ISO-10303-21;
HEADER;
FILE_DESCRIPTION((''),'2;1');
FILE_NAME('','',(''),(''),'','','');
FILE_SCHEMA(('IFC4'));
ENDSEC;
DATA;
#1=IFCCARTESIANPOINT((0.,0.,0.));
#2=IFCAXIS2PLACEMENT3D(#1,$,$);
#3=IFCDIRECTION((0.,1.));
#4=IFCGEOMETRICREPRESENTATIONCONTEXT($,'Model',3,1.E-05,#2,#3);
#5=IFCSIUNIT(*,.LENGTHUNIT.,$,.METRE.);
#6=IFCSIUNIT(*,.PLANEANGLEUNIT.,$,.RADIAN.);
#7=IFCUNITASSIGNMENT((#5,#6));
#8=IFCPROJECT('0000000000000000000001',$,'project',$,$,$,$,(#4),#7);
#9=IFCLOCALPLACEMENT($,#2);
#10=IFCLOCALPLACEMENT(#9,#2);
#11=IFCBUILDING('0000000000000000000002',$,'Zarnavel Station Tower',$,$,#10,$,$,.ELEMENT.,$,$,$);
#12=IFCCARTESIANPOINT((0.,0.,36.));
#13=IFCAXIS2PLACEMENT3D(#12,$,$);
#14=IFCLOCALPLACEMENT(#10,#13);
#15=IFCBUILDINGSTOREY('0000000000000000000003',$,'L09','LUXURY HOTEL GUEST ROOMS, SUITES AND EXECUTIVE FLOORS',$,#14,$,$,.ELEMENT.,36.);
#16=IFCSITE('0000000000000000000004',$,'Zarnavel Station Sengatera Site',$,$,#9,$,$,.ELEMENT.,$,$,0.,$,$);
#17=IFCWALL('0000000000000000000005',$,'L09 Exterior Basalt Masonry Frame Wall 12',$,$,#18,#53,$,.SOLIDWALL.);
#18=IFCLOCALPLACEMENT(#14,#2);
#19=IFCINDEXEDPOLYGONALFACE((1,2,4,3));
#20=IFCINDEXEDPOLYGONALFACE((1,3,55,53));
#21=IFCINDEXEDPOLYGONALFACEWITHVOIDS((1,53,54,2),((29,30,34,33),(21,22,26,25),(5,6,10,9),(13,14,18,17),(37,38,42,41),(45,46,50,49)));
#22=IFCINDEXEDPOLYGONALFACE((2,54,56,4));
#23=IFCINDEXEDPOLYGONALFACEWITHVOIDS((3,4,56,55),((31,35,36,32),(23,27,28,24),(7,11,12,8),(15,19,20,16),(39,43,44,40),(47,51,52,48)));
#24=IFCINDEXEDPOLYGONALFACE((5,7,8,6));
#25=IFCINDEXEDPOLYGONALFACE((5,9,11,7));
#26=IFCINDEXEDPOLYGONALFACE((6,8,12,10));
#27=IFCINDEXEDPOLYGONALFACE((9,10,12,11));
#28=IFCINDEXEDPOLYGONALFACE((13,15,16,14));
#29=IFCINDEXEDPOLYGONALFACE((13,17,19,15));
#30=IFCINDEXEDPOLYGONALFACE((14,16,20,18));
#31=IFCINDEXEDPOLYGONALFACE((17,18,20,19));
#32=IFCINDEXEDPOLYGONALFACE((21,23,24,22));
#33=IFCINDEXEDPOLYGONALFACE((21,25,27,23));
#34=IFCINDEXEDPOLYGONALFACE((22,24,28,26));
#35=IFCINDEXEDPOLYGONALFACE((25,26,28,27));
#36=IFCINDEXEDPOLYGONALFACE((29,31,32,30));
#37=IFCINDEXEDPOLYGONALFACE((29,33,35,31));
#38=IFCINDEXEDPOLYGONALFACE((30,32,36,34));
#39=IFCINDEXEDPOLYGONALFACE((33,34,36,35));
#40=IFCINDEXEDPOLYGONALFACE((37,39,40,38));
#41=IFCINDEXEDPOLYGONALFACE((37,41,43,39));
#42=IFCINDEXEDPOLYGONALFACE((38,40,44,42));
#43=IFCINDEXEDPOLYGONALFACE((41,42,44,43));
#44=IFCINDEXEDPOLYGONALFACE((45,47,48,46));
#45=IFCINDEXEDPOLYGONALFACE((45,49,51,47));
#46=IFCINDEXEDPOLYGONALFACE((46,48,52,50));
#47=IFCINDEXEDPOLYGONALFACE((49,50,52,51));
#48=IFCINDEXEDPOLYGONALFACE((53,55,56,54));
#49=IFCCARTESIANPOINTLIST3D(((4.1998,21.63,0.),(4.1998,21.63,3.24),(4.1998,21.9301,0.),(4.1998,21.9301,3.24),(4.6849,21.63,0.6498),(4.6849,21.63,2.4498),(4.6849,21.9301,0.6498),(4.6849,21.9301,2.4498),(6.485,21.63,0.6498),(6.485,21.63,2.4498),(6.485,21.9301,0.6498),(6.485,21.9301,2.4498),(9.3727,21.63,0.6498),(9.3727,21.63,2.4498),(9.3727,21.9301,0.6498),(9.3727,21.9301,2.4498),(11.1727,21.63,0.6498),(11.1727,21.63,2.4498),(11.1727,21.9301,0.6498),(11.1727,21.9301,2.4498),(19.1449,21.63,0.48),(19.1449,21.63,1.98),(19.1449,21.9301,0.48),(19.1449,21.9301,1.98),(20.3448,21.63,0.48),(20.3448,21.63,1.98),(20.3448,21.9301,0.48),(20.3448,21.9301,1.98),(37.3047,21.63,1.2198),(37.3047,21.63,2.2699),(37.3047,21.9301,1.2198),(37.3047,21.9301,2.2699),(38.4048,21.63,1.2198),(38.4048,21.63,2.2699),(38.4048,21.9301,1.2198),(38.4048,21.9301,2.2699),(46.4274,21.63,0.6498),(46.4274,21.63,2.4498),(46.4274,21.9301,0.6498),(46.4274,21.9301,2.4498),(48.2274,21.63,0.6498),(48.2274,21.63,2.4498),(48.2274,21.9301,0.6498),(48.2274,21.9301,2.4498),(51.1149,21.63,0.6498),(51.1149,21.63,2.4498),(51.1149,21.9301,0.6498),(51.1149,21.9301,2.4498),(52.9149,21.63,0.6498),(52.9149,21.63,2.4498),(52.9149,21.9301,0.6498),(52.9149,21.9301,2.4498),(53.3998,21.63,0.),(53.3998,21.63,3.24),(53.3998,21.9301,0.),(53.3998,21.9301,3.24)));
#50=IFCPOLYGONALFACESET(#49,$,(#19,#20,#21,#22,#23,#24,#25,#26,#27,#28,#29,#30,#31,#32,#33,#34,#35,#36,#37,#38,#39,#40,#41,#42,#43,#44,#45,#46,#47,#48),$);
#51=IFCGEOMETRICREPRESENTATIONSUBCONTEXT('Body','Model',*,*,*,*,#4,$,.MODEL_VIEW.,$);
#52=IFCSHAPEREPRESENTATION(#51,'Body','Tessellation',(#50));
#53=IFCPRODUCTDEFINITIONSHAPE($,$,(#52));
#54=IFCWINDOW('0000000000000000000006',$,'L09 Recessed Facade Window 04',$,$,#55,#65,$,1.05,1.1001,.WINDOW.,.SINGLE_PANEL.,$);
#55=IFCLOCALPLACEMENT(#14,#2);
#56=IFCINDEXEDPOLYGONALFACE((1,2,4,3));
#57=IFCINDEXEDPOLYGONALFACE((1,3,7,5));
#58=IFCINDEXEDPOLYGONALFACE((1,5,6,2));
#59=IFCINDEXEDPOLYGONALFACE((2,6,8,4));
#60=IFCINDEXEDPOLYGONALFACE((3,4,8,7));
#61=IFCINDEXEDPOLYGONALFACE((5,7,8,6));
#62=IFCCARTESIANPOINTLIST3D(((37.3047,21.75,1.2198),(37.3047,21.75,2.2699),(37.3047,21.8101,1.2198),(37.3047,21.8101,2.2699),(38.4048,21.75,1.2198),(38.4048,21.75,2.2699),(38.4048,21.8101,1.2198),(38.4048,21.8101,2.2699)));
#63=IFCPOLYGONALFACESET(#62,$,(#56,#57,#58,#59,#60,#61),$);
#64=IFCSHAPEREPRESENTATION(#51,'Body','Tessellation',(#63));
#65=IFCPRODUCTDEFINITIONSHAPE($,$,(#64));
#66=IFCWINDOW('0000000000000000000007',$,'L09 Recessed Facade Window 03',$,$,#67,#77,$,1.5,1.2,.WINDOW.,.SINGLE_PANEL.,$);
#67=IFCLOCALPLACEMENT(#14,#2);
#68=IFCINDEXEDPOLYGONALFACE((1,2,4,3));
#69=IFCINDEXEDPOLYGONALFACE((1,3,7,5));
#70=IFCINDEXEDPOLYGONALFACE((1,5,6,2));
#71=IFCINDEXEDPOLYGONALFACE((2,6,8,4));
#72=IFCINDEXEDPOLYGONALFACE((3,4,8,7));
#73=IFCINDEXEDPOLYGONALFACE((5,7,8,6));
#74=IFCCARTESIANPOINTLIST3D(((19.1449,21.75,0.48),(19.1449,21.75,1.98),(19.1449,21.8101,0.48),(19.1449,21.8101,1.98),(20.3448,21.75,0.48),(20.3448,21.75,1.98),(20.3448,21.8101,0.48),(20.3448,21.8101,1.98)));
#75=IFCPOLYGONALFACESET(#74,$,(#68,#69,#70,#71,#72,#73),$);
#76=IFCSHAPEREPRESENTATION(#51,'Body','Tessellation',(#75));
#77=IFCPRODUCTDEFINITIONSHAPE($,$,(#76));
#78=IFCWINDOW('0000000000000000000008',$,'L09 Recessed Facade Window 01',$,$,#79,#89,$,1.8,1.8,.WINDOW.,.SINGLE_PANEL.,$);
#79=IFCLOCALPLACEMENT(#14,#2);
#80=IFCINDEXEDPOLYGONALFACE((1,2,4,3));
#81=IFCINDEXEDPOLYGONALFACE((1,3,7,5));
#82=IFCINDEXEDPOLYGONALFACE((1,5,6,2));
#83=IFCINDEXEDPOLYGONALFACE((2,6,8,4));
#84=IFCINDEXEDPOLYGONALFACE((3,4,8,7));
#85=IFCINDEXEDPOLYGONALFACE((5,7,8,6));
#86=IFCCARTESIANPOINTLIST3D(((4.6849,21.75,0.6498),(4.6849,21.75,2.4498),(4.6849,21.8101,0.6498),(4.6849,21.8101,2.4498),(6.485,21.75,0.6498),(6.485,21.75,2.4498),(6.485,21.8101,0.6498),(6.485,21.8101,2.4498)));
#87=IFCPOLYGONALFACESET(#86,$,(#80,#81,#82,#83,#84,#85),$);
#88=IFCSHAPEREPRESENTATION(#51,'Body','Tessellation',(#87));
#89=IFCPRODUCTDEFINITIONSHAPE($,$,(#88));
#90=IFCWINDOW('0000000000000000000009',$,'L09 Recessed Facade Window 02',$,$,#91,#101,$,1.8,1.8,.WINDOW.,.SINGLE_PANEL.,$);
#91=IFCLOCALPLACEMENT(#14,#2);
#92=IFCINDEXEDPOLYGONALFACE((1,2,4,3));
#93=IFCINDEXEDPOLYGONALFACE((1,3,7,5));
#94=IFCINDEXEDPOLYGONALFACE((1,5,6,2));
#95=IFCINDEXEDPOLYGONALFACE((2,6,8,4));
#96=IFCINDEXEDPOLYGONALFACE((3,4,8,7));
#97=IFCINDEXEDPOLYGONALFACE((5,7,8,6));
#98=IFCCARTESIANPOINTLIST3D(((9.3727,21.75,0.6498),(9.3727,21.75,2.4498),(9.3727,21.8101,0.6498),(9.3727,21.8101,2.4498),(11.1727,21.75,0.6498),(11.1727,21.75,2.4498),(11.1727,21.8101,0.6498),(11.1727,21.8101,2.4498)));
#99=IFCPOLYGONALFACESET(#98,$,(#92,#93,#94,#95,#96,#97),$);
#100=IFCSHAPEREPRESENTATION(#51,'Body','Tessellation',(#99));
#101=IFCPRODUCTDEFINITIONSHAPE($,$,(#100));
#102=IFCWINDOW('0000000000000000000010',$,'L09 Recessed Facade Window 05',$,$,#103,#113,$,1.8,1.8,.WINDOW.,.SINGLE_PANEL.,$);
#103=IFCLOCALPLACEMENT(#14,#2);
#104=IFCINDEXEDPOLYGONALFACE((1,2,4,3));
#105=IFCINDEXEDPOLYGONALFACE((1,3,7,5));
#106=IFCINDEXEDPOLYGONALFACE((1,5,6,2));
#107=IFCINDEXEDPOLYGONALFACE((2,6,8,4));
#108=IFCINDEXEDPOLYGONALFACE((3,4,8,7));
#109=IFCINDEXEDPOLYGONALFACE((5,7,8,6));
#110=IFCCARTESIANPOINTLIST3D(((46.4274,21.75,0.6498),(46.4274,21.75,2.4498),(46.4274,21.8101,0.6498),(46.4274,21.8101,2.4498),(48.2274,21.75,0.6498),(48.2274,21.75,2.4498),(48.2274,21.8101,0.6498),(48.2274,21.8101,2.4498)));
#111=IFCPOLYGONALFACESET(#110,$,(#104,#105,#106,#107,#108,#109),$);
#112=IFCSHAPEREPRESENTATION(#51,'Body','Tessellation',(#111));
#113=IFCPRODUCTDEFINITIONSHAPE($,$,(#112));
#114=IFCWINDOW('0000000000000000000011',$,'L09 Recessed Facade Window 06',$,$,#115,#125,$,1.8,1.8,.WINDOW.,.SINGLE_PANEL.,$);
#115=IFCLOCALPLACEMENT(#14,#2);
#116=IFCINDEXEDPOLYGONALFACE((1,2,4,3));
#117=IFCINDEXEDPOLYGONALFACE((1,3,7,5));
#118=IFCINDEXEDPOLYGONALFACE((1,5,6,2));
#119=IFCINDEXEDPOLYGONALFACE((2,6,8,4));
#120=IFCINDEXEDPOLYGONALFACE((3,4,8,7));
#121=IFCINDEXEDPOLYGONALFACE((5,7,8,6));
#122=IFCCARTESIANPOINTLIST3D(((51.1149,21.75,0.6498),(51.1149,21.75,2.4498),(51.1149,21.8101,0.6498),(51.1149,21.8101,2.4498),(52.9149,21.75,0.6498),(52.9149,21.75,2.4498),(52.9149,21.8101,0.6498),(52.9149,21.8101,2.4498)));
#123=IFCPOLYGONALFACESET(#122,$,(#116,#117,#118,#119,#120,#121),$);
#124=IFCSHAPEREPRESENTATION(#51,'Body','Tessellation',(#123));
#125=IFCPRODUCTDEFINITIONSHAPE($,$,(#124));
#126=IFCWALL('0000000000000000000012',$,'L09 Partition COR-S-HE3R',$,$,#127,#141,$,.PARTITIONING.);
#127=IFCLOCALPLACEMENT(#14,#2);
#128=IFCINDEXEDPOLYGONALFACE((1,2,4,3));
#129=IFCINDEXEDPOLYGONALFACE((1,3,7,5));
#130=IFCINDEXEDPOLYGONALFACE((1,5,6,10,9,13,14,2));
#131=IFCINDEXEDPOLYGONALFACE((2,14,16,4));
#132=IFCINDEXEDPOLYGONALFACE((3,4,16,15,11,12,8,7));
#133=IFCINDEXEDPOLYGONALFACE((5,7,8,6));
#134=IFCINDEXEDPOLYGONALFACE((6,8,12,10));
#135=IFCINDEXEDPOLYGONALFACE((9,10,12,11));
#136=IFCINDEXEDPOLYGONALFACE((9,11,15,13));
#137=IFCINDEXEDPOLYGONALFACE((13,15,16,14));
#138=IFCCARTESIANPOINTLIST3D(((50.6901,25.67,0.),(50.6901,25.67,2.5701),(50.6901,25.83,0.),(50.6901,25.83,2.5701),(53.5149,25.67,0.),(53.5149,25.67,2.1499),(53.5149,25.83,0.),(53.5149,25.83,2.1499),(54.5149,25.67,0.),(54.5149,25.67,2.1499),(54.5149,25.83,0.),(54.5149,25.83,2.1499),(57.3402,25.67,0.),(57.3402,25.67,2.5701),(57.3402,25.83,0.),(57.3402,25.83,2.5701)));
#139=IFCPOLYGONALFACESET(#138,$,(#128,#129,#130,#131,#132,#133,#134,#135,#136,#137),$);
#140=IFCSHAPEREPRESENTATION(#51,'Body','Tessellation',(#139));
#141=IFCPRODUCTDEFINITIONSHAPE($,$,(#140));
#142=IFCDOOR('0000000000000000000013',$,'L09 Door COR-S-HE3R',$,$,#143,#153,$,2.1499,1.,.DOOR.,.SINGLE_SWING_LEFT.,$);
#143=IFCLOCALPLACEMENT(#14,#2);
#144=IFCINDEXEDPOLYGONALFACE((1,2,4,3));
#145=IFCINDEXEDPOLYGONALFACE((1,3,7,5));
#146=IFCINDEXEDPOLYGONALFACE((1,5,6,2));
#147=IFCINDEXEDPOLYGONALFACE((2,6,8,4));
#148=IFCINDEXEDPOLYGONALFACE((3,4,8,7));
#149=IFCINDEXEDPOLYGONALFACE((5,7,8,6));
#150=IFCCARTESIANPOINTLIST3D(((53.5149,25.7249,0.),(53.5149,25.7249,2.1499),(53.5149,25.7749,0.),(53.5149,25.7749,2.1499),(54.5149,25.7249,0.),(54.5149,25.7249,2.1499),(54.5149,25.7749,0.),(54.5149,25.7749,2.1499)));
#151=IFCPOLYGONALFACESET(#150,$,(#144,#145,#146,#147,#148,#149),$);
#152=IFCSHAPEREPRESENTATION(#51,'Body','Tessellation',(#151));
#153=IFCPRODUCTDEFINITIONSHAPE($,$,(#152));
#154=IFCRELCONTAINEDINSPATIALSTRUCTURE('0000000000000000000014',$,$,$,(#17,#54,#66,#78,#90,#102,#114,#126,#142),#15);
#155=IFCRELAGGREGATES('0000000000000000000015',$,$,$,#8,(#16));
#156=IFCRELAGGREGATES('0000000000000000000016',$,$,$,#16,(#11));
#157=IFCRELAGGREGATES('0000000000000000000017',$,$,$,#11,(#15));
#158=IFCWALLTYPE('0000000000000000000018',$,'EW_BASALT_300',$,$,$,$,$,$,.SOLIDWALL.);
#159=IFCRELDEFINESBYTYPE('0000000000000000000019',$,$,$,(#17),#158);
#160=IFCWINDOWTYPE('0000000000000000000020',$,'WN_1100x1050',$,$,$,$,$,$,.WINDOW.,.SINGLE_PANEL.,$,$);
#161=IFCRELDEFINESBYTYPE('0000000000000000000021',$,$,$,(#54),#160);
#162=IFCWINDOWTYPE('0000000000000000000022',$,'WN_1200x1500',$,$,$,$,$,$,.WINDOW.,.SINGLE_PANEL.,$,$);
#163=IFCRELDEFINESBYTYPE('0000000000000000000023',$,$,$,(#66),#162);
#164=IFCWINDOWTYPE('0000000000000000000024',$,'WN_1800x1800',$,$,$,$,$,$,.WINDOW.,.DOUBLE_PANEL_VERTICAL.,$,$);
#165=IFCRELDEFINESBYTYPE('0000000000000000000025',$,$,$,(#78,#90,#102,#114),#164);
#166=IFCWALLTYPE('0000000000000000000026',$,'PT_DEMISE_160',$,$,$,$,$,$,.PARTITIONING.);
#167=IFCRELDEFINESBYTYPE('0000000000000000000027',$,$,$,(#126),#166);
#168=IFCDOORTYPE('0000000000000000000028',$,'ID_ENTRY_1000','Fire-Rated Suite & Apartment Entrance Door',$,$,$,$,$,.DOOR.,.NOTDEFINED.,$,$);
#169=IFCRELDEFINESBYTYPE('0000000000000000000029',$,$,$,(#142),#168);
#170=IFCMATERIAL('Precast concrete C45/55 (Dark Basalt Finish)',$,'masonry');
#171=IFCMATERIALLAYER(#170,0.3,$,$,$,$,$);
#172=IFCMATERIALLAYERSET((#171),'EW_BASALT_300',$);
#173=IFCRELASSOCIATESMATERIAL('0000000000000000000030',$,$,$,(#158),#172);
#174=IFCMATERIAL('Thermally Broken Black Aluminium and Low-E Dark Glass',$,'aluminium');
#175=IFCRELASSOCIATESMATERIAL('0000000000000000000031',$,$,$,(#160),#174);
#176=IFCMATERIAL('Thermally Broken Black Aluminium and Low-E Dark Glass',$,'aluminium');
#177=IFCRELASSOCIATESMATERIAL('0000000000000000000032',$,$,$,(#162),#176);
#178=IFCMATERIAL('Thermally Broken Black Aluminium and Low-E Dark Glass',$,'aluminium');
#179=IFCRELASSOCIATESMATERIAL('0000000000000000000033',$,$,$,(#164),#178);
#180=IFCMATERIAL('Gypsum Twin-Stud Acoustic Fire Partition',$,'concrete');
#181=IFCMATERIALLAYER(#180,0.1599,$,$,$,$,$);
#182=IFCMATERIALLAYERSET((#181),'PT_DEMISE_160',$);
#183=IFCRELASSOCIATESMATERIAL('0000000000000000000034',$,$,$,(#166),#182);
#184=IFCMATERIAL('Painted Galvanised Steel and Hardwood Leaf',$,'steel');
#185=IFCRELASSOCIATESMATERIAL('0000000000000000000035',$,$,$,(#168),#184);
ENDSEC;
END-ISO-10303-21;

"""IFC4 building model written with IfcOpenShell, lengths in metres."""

from ifc_helpers import new_model, si_unit, direction, frame, frame_2d, origin, place, context, subcontext, project, spatial, rectangle, extrude, material, layer, layer_set, type_object, element, fill, save


model = new_model("IFC4")

# Units and contexts
model_context = context("Model", 3, precision=1e-05, world=origin(), true_north=direction((0.0, 1.0)))
body_context = subcontext(model_context, "Body", "Model", "MODEL_VIEW")
ifc_project = project(units=[si_unit("LENGTHUNIT", "METRE"), si_unit("PLANEANGLEUNIT", "RADIAN")], contexts=[model_context])

# Site, building, storey
site_placement = place(None, origin())
site = spatial("IfcSite", under=ifc_project, at=site_placement, Name="Zarnavel Station Sengatera Site", CompositionType="ELEMENT", RefElevation=0.0)
building_placement = place(site_placement, origin())
building = spatial("IfcBuilding", under=site, at=building_placement, Name="Zarnavel Station Tower", CompositionType="ELEMENT")
storey_placement = place(building_placement, frame((0.0, 0.0, 36.0)))
storey = spatial("IfcBuildingStorey", under=building, at=storey_placement, Name="L09", Description="LUXURY HOTEL GUEST ROOMS, SUITES AND EXECUTIVE FLOORS", CompositionType="ELEMENT", Elevation=36.0)

# Shared definitions
ifc_material_1 = material(Name="Precast concrete C45/55 (Dark Basalt Finish)", Category="masonry")
ifc_layer_1 = layer(ifc_material_1, 0.3)
ifc_layer_set_1 = layer_set([ifc_layer_1], Name="EW_BASALT_300")
wall_type_1 = type_object("IfcWallType", Name="EW_BASALT_300", PredefinedType="SOLIDWALL", material=ifc_layer_set_1)

# Wall, openings, windows
wall_1_placement = place(storey_placement, frame((53.3999, 21.78, 0.0), z_axis=(0.0, 0.0, 1.0), x_axis=(-1.0, 0.0, 0.0)))
wall_1 = element("IfcWall", 1, at=wall_1_placement, inside=storey, type_object=wall_type_1, Name="L09 Exterior Basalt Masonry Frame Wall 12", PredefinedType="SOLIDWALL", context=body_context, shape_type="SweptSolid", body=[
    extrude(rectangle(XDim=49.2, YDim=0.3, at=frame_2d((24.6001, 0.0))), origin(), (0.0, 0.0, 1.0), 3.24),
])
opening_1_placement = place(wall_1_placement, frame((46.915, 0.0, 0.6499)))
opening_1 = element("IfcOpeningElement", 2, at=opening_1_placement, cuts=wall_1, PredefinedType="OPENING", context=body_context, shape_type="SweptSolid", body=[
    extrude(rectangle(XDim=1.8, YDim=1.8, at=frame_2d((0.8999, 0.8999))), frame((0.0, 0.1599, 0.0), z_axis=(0.0, -1.0, 0.0), x_axis=(1.0, 0.0, 0.0)), (0.0, 0.0, 1.0), 0.3201),
])
opening_2_placement = place(wall_1_placement, frame((42.2273, 0.0, 0.6499)))
opening_2 = element("IfcOpeningElement", 3, at=opening_2_placement, cuts=wall_1, PredefinedType="OPENING", context=body_context, shape_type="SweptSolid", body=[
    extrude(rectangle(XDim=1.8, YDim=1.8, at=frame_2d((0.8999, 0.8999))), frame((0.0, 0.1599, 0.0), z_axis=(0.0, -1.0, 0.0), x_axis=(1.0, 0.0, 0.0)), (0.0, 0.0, 1.0), 0.3201),
])
opening_3_placement = place(wall_1_placement, frame((33.0549, 0.0, 0.48)))
opening_3 = element("IfcOpeningElement", 4, at=opening_3_placement, cuts=wall_1, PredefinedType="OPENING", context=body_context, shape_type="SweptSolid", body=[
    extrude(rectangle(XDim=1.2, YDim=1.5, at=frame_2d((0.6001, 0.75))), frame((0.0, 0.1599, 0.0), z_axis=(0.0, -1.0, 0.0), x_axis=(1.0, 0.0, 0.0)), (0.0, 0.0, 1.0), 0.3201),
])
opening_4_placement = place(wall_1_placement, frame((14.9951, 0.0, 1.22)))
opening_4 = element("IfcOpeningElement", 5, at=opening_4_placement, cuts=wall_1, PredefinedType="OPENING", context=body_context, shape_type="SweptSolid", body=[
    extrude(rectangle(XDim=1.1001, YDim=1.05, at=frame_2d((0.55, 0.5249))), frame((0.0, 0.1599, 0.0), z_axis=(0.0, -1.0, 0.0), x_axis=(1.0, 0.0, 0.0)), (0.0, 0.0, 1.0), 0.3201),
])
opening_5_placement = place(wall_1_placement, frame((5.1726, 0.0, 0.6499)))
opening_5 = element("IfcOpeningElement", 6, at=opening_5_placement, cuts=wall_1, PredefinedType="OPENING", context=body_context, shape_type="SweptSolid", body=[
    extrude(rectangle(XDim=1.8, YDim=1.8, at=frame_2d((0.8999, 0.8999))), frame((0.0, 0.1599, 0.0), z_axis=(0.0, -1.0, 0.0), x_axis=(1.0, 0.0, 0.0)), (0.0, 0.0, 1.0), 0.3201),
])
opening_6_placement = place(wall_1_placement, frame((0.4851, 0.0, 0.6499)))
opening_6 = element("IfcOpeningElement", 7, at=opening_6_placement, cuts=wall_1, PredefinedType="OPENING", context=body_context, shape_type="SweptSolid", body=[
    extrude(rectangle(XDim=1.8, YDim=1.8, at=frame_2d((0.8999, 0.8999))), frame((0.0, 0.1599, 0.0), z_axis=(0.0, -1.0, 0.0), x_axis=(1.0, 0.0, 0.0)), (0.0, 0.0, 1.0), 0.3201),
])
ifc_material_2 = material(Name="Thermally Broken Black Aluminium and Low-E Dark Glass", Category="aluminium")
window_type_1 = type_object("IfcWindowType", Name="WN_1100x1050", PartitioningType="SINGLE_PANEL", PredefinedType="WINDOW", material=ifc_material_2)
window_1_placement = place(opening_4_placement, origin())
window_1 = element("IfcWindow", 8, at=window_1_placement, inside=storey, type_object=window_type_1, Name="L09 Recessed Facade Window 04", OverallHeight=1.05, OverallWidth=1.1001, PartitioningType="SINGLE_PANEL", PredefinedType="WINDOW", context=body_context, shape_type="SweptSolid", body=[
    extrude(rectangle(XDim=1.1001, YDim=1.05, at=frame_2d((0.55, 0.5249))), frame((0.0, 0.03, 0.0), z_axis=(0.0, -1.0, 0.0), x_axis=(1.0, 0.0, 0.0)), (0.0, 0.0, 1.0), 0.0601),
])
fill(opening_4, window_1)
ifc_material_3 = material(Name="Thermally Broken Black Aluminium and Low-E Dark Glass", Category="aluminium")
window_type_2 = type_object("IfcWindowType", Name="WN_1200x1500", PartitioningType="SINGLE_PANEL", PredefinedType="WINDOW", material=ifc_material_3)
window_2_placement = place(opening_3_placement, origin())
window_2 = element("IfcWindow", 9, at=window_2_placement, inside=storey, type_object=window_type_2, Name="L09 Recessed Facade Window 03", OverallHeight=1.5, OverallWidth=1.2, PartitioningType="SINGLE_PANEL", PredefinedType="WINDOW", context=body_context, shape_type="SweptSolid", body=[
    extrude(rectangle(XDim=1.2, YDim=1.5, at=frame_2d((0.6001, 0.75))), frame((0.0, 0.03, 0.0), z_axis=(0.0, -1.0, 0.0), x_axis=(1.0, 0.0, 0.0)), (0.0, 0.0, 1.0), 0.0601),
])
fill(opening_3, window_2)
ifc_material_4 = material(Name="Thermally Broken Black Aluminium and Low-E Dark Glass", Category="aluminium")
window_type_3 = type_object("IfcWindowType", Name="WN_1800x1800", PartitioningType="DOUBLE_PANEL_VERTICAL", PredefinedType="WINDOW", material=ifc_material_4)
window_3_placement = place(opening_1_placement, origin())
window_3 = element("IfcWindow", 10, at=window_3_placement, inside=storey, type_object=window_type_3, Name="L09 Recessed Facade Window 01", OverallHeight=1.8, OverallWidth=1.8, PartitioningType="SINGLE_PANEL", PredefinedType="WINDOW", context=body_context, shape_type="SweptSolid", body=[
    extrude(rectangle(XDim=1.8, YDim=1.8, at=frame_2d((0.8999, 0.8999))), frame((0.0, 0.03, 0.0), z_axis=(0.0, -1.0, 0.0), x_axis=(1.0, 0.0, 0.0)), (0.0, 0.0, 1.0), 0.0601),
])
fill(opening_1, window_3)
window_4_placement = place(opening_2_placement, origin())
window_4 = element("IfcWindow", 11, at=window_4_placement, inside=storey, type_object=window_type_3, Name="L09 Recessed Facade Window 02", OverallHeight=1.8, OverallWidth=1.8, PartitioningType="SINGLE_PANEL", PredefinedType="WINDOW", context=body_context, shape_type="SweptSolid", body=[
    extrude(rectangle(XDim=1.8, YDim=1.8, at=frame_2d((0.8999, 0.8999))), frame((0.0, 0.03, 0.0), z_axis=(0.0, -1.0, 0.0), x_axis=(1.0, 0.0, 0.0)), (0.0, 0.0, 1.0), 0.0601),
])
fill(opening_2, window_4)
window_5_placement = place(opening_5_placement, origin())
window_5 = element("IfcWindow", 12, at=window_5_placement, inside=storey, type_object=window_type_3, Name="L09 Recessed Facade Window 05", OverallHeight=1.8, OverallWidth=1.8, PartitioningType="SINGLE_PANEL", PredefinedType="WINDOW", context=body_context, shape_type="SweptSolid", body=[
    extrude(rectangle(XDim=1.8, YDim=1.8, at=frame_2d((0.8999, 0.8999))), frame((0.0, 0.03, 0.0), z_axis=(0.0, -1.0, 0.0), x_axis=(1.0, 0.0, 0.0)), (0.0, 0.0, 1.0), 0.0601),
])
fill(opening_5, window_5)
window_6_placement = place(opening_6_placement, origin())
window_6 = element("IfcWindow", 13, at=window_6_placement, inside=storey, type_object=window_type_3, Name="L09 Recessed Facade Window 06", OverallHeight=1.8, OverallWidth=1.8, PartitioningType="SINGLE_PANEL", PredefinedType="WINDOW", context=body_context, shape_type="SweptSolid", body=[
    extrude(rectangle(XDim=1.8, YDim=1.8, at=frame_2d((0.8999, 0.8999))), frame((0.0, 0.03, 0.0), z_axis=(0.0, -1.0, 0.0), x_axis=(1.0, 0.0, 0.0)), (0.0, 0.0, 1.0), 0.0601),
])
fill(opening_6, window_6)

# Wall, opening, door
ifc_material_5 = material(Name="Gypsum Twin-Stud Acoustic Fire Partition", Category="concrete")
ifc_layer_2 = layer(ifc_material_5, 0.1599)
ifc_layer_set_2 = layer_set([ifc_layer_2], Name="PT_DEMISE_160")
wall_type_2 = type_object("IfcWallType", Name="PT_DEMISE_160", PredefinedType="PARTITIONING", material=ifc_layer_set_2)
wall_2_placement = place(storey_placement, frame((50.6899, 25.75, 0.0), z_axis=(0.0, 0.0, 1.0), x_axis=(1.0, 0.0, 0.0)))
wall_2 = element("IfcWall", 14, at=wall_2_placement, inside=storey, type_object=wall_type_2, Name="L09 Partition COR-S-HE3R", PredefinedType="PARTITIONING", context=body_context, shape_type="SweptSolid", body=[
    extrude(rectangle(XDim=6.6501, YDim=0.1599, at=frame_2d((3.3252, 0.0))), origin(), (0.0, 0.0, 1.0), 2.5701),
])
opening_7_placement = place(wall_2_placement, frame((2.825, 0.0, 0.0)))
opening_7 = element("IfcOpeningElement", 15, at=opening_7_placement, cuts=wall_2, PredefinedType="OPENING", context=body_context, shape_type="SweptSolid", body=[
    extrude(rectangle(XDim=1.0, YDim=2.1499, at=frame_2d((0.5, 1.075))), frame((0.0, 0.0898, 0.0), z_axis=(0.0, -1.0, 0.0), x_axis=(1.0, 0.0, 0.0)), (0.0, 0.0, 1.0), 0.1799),
])
ifc_material_6 = material(Name="Painted Galvanised Steel and Hardwood Leaf", Category="steel")
door_type_1 = type_object("IfcDoorType", Name="ID_ENTRY_1000", Description="Fire-Rated Suite & Apartment Entrance Door", OperationType="NOTDEFINED", PredefinedType="DOOR", material=ifc_material_6)
door_1_placement = place(opening_7_placement, origin())
door_1 = element("IfcDoor", 16, at=door_1_placement, inside=storey, type_object=door_type_1, Name="L09 Door COR-S-HE3R", OperationType="SINGLE_SWING_LEFT", OverallHeight=2.1499, OverallWidth=1.0, PredefinedType="DOOR", context=body_context, shape_type="SweptSolid", body=[
    extrude(rectangle(XDim=1.0, YDim=2.1499, at=frame_2d((0.5, 1.075))), frame((0.0, 0.0249, 0.0), z_axis=(0.0, -1.0, 0.0), x_axis=(1.0, 0.0, 0.0)), (0.0, 0.0, 1.0), 0.05),
])
fill(opening_7, door_1)

save(model, "model.ifc")
